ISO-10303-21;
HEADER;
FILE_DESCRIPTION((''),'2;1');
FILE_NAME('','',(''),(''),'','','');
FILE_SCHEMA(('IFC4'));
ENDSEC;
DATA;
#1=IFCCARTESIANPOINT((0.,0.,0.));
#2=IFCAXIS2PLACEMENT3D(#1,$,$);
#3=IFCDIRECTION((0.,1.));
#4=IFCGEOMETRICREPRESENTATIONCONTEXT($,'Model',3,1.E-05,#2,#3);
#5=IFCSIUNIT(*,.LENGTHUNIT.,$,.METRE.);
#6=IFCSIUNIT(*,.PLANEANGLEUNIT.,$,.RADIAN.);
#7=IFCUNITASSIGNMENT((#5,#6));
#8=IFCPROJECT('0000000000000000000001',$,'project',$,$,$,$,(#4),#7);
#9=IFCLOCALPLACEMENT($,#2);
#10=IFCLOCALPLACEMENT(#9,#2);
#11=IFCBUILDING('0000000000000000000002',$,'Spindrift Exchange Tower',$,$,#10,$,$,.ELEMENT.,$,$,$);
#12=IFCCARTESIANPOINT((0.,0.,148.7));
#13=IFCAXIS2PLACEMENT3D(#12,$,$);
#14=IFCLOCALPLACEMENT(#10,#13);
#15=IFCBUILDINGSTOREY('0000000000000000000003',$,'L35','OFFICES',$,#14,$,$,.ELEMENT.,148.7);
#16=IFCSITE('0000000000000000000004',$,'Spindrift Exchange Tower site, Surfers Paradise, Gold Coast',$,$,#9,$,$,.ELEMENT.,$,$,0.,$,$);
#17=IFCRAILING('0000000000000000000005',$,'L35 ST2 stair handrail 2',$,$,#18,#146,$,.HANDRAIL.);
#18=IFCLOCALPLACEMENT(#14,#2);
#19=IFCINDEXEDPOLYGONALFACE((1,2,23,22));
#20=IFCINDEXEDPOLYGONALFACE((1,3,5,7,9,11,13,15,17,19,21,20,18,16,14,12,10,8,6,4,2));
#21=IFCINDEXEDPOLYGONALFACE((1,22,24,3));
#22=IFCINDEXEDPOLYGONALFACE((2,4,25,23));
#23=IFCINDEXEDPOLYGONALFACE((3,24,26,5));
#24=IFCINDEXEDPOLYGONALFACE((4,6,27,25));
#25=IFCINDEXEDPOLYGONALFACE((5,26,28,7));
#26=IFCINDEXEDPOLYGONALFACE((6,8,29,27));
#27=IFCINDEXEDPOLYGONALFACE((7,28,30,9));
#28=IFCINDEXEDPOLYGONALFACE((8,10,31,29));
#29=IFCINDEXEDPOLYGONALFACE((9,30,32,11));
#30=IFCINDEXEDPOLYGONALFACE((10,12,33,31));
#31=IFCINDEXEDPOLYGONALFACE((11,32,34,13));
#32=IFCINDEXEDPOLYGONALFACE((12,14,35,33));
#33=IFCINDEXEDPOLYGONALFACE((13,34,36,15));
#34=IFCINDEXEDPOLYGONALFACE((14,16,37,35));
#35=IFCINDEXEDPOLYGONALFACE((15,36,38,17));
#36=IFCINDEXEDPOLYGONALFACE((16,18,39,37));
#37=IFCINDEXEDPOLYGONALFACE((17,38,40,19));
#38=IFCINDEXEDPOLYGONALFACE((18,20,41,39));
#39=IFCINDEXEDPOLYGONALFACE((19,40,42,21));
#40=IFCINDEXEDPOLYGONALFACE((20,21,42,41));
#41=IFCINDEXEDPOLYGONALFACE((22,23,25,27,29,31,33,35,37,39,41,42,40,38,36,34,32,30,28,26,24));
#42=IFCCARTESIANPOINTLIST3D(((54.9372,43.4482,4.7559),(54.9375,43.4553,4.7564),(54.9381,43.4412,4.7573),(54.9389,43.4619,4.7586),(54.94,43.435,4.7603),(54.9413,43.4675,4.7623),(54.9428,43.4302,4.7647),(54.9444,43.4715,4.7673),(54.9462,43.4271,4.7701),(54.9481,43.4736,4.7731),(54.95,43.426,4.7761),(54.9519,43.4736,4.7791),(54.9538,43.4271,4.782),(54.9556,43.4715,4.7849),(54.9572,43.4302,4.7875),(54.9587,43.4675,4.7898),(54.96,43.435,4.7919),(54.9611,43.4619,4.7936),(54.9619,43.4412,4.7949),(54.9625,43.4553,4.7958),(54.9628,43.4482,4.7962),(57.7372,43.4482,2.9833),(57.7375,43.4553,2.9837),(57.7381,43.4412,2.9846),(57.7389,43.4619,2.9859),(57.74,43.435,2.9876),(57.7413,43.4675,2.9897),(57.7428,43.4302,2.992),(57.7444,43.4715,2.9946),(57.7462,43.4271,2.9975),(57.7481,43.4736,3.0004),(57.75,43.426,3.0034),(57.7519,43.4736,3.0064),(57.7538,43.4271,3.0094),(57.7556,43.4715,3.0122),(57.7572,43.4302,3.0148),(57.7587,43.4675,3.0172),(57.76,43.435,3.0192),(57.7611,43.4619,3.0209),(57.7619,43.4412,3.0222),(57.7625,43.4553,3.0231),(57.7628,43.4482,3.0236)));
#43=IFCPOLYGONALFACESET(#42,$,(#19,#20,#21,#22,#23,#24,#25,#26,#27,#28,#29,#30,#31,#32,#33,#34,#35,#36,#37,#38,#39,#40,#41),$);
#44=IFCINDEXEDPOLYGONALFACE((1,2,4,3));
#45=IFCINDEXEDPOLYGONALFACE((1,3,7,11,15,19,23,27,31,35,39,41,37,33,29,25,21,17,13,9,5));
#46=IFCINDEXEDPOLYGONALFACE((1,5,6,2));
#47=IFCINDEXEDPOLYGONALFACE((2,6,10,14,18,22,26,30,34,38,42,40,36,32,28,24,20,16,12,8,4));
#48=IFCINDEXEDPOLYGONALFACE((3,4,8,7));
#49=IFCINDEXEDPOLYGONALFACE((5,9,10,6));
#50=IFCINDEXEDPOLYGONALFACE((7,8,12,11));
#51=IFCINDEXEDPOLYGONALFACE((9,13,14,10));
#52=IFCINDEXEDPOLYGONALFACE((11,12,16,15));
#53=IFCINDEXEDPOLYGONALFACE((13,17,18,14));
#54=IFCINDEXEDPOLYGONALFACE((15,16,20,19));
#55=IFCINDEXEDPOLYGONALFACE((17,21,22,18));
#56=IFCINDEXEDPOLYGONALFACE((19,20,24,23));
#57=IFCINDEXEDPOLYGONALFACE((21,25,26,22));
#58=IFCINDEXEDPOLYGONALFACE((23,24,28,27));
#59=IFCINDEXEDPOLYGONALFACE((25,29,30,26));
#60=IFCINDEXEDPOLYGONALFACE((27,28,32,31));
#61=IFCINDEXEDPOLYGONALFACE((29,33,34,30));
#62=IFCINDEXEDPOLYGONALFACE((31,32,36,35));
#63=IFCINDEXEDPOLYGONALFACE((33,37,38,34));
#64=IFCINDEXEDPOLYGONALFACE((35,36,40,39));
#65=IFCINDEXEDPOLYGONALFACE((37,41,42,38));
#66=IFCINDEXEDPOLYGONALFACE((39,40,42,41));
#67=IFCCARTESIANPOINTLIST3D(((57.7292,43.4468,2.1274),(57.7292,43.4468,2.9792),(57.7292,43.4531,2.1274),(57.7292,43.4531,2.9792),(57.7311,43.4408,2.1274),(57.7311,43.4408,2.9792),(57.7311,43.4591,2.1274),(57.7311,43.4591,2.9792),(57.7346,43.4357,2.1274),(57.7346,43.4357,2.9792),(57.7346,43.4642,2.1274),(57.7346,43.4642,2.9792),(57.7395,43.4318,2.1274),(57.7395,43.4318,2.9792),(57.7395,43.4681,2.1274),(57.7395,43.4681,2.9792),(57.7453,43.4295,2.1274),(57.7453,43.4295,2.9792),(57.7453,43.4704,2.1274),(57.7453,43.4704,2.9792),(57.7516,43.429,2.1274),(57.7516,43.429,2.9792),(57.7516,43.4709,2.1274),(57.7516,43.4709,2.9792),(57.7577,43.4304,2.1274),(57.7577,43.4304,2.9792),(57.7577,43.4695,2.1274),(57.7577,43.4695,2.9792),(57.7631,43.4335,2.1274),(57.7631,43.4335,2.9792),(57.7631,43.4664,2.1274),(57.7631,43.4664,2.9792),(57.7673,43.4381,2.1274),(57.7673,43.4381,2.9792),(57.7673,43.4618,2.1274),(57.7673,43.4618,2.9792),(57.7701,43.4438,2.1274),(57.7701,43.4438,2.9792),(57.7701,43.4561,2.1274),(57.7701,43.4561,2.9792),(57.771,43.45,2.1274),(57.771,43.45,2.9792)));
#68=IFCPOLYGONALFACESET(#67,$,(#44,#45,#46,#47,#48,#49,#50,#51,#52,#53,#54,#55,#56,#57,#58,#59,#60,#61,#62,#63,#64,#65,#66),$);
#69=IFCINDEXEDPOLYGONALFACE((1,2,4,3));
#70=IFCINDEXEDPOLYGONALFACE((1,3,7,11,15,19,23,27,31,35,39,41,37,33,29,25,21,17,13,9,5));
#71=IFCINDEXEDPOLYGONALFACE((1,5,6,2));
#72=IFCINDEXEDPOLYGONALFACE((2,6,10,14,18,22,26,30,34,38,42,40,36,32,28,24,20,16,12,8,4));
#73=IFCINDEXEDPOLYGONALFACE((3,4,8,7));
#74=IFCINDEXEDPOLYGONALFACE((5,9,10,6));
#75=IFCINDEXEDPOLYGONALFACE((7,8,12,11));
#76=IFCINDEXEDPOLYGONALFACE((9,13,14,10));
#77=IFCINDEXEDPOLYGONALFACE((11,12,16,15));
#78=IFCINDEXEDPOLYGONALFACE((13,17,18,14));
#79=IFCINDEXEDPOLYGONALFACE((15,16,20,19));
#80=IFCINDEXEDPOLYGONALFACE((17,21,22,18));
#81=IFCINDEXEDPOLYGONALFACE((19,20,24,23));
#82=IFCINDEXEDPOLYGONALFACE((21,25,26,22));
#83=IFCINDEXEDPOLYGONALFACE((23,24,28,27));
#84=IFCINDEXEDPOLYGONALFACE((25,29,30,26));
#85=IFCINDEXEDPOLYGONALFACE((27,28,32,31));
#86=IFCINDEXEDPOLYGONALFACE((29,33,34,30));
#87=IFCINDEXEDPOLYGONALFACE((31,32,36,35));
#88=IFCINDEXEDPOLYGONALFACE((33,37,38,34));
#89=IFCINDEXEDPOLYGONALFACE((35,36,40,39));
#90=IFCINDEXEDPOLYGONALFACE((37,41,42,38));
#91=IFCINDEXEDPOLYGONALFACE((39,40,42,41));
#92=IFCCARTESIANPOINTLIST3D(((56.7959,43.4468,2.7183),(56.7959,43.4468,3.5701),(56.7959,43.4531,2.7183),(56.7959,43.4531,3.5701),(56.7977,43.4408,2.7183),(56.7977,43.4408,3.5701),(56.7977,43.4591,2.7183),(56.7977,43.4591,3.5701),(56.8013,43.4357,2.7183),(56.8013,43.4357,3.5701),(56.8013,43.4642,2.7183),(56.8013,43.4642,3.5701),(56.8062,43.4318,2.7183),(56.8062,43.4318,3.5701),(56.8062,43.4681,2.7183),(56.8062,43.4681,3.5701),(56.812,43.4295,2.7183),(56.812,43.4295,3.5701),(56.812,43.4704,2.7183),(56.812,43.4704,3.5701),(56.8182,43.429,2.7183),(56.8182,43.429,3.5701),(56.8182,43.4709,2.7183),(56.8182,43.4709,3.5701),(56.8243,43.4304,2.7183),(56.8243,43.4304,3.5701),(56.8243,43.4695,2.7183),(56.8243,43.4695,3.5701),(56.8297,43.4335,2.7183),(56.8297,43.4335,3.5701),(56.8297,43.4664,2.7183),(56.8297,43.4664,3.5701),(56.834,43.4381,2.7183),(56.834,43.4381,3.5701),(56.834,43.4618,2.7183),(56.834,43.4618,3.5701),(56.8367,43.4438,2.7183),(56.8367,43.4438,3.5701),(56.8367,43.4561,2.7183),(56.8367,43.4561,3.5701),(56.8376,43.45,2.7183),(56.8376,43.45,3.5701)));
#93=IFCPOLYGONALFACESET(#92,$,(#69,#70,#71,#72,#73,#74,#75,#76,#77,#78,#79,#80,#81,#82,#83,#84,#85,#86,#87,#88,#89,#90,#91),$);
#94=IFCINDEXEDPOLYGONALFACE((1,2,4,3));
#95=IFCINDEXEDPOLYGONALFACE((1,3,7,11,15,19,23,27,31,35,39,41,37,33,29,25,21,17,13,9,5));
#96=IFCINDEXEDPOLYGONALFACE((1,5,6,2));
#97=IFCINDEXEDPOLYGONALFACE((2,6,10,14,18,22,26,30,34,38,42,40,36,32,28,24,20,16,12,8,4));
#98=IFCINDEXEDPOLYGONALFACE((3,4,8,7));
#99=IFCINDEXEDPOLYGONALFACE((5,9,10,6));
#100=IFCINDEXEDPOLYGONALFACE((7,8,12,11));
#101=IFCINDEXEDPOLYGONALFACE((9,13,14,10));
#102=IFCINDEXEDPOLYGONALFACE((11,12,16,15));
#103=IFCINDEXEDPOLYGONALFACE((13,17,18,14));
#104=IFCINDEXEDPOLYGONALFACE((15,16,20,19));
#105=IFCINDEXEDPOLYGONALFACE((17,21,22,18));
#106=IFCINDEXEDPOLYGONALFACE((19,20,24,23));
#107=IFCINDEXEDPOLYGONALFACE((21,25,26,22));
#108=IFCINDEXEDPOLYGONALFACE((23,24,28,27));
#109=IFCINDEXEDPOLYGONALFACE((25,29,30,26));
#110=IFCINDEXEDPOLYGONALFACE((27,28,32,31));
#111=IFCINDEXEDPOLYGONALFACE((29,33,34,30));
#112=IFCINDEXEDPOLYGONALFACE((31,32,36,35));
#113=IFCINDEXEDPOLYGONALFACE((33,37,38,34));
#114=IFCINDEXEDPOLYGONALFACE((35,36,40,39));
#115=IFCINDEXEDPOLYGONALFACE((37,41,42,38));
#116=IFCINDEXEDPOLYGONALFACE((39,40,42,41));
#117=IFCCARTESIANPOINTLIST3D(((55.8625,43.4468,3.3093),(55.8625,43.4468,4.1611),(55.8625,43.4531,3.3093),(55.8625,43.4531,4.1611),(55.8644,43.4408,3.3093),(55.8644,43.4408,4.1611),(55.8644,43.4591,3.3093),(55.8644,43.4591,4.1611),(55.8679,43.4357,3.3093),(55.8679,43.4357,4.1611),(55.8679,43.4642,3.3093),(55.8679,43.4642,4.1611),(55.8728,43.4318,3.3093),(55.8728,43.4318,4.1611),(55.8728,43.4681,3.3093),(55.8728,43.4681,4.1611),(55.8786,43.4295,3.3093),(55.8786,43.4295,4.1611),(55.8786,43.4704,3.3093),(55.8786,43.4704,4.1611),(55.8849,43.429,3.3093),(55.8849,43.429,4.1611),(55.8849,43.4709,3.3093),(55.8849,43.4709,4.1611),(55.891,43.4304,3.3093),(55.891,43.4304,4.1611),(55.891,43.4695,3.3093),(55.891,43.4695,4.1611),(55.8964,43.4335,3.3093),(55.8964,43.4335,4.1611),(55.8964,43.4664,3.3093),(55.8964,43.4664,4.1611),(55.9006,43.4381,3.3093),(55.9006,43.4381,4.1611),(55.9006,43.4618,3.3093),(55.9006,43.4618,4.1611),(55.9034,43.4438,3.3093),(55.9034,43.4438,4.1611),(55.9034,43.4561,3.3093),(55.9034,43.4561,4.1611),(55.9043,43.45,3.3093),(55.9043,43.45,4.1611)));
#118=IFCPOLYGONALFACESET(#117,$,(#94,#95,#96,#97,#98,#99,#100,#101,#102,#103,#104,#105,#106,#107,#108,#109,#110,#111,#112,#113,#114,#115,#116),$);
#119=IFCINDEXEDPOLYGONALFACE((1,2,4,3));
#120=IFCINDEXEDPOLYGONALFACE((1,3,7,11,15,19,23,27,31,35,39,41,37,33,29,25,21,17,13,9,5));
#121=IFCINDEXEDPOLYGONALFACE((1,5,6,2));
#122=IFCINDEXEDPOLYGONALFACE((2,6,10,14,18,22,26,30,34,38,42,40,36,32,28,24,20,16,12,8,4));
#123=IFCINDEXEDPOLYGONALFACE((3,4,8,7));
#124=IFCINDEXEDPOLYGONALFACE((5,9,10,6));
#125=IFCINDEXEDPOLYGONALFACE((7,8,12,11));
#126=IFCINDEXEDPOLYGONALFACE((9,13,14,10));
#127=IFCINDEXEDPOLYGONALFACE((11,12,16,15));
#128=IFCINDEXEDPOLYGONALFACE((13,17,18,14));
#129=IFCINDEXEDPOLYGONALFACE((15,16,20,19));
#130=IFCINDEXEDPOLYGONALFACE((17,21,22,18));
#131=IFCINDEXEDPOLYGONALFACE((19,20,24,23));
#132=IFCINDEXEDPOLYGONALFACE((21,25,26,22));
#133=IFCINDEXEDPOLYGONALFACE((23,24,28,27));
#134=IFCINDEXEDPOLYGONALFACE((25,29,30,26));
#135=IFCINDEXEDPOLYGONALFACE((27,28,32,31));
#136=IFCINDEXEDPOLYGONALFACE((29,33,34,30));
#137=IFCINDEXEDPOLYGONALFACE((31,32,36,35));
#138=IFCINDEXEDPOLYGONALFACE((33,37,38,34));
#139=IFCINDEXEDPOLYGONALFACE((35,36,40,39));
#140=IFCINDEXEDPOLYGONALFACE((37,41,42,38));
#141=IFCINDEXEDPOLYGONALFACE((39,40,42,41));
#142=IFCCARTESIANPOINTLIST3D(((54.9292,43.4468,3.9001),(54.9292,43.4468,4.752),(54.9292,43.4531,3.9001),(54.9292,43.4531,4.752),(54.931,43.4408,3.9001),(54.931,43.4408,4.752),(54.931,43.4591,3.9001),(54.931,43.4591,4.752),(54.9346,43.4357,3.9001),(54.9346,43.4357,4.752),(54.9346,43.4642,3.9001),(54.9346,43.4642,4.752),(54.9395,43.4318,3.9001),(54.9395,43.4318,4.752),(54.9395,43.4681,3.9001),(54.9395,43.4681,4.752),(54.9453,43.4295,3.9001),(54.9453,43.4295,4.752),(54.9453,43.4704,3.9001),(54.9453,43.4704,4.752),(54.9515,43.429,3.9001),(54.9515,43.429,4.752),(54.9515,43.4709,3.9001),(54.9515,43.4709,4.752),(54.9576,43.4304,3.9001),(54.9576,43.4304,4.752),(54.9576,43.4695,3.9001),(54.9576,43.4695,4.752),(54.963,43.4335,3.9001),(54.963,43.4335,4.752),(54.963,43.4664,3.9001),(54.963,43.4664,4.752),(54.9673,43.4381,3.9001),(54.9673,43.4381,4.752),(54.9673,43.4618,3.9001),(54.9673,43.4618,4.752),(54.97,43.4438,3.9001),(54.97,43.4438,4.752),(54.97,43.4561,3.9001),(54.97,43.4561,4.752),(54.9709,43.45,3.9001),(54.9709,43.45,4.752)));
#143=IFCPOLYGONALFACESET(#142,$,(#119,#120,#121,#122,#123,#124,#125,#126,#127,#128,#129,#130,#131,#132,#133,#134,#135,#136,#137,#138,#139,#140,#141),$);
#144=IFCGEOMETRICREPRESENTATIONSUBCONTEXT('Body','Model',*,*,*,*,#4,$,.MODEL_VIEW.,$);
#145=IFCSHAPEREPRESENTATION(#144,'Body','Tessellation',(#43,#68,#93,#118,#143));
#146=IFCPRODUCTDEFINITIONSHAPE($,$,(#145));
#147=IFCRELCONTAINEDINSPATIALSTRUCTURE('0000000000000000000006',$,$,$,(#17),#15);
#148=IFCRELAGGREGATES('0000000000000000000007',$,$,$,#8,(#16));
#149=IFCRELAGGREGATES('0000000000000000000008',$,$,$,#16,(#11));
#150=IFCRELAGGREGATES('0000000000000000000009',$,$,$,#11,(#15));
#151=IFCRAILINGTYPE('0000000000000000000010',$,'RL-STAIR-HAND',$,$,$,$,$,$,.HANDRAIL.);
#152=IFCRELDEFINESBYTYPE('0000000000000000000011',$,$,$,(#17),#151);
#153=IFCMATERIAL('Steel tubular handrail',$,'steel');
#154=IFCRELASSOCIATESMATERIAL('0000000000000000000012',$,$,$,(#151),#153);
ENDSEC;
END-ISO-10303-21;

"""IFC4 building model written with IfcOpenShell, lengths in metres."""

from ifc_helpers import new_model, si_unit, direction, frame, origin, origin_2d, place, context, subcontext, project, spatial, circle, extrude, material, type_object, element, save


model = new_model("IFC4")

# Units and contexts
model_context = context("Model", 3, precision=1e-05, world=origin(), true_north=direction((0.0, 1.0)))
body_context = subcontext(model_context, "Body", "Model", "MODEL_VIEW")
ifc_project = project(units=[si_unit("LENGTHUNIT", "METRE"), si_unit("PLANEANGLEUNIT", "RADIAN")], contexts=[model_context])

# Site, building, storey
site_placement = place(None, origin())
site = spatial("IfcSite", under=ifc_project, at=site_placement, Name="Spindrift Exchange Tower site, Surfers Paradise, Gold Coast", CompositionType="ELEMENT", RefElevation=0.0)
building_placement = place(site_placement, origin())
building = spatial("IfcBuilding", under=site, at=building_placement, Name="Spindrift Exchange Tower", CompositionType="ELEMENT")
storey_placement = place(building_placement, frame((0.0, 0.0, 148.7)))
storey = spatial("IfcBuildingStorey", under=building, at=storey_placement, Name="L35", Description="OFFICES", CompositionType="ELEMENT", Elevation=148.7)

# Railing
ifc_material_1 = material(Name="Steel tubular handrail", Category="steel")
railing_type_1 = type_object("IfcRailingType", Name="RL-STAIR-HAND", PredefinedType="HANDRAIL", material=ifc_material_1)
railing_1_placement = place(storey_placement, frame((57.75, 43.45, 2.1274)))
element("IfcRailing", 1, at=railing_1_placement, inside=storey, type_object=railing_type_1, Name="L35 ST2 stair handrail 2", PredefinedType="HANDRAIL", context=body_context, shape_type="SweptSolid", body=[
    extrude(circle(Radius=0.0239, at=origin_2d()), frame((0.0, 0.0, 0.876), z_axis=(-0.844909, 0.0, 0.53491), x_axis=(0.0, -1.0, 0.0)), (0.0, 0.0, 1.0), 3.314),
    extrude(circle(Radius=0.021, at=origin_2d()), origin(), (0.0, 0.0, 1.0), 0.8518),
    extrude(circle(Radius=0.021, at=origin_2d()), frame((-0.9333, 0.0, 0.5908)), (0.0, 0.0, 1.0), 0.8518),
    extrude(circle(Radius=0.021, at=origin_2d()), frame((-1.8667, 0.0, 1.1819)), (0.0, 0.0, 1.0), 0.8518),
    extrude(circle(Radius=0.021, at=origin_2d()), frame((-2.8, 0.0, 1.7727)), (0.0, 0.0, 1.0), 0.8518),
])

save(model, "model.ifc")
